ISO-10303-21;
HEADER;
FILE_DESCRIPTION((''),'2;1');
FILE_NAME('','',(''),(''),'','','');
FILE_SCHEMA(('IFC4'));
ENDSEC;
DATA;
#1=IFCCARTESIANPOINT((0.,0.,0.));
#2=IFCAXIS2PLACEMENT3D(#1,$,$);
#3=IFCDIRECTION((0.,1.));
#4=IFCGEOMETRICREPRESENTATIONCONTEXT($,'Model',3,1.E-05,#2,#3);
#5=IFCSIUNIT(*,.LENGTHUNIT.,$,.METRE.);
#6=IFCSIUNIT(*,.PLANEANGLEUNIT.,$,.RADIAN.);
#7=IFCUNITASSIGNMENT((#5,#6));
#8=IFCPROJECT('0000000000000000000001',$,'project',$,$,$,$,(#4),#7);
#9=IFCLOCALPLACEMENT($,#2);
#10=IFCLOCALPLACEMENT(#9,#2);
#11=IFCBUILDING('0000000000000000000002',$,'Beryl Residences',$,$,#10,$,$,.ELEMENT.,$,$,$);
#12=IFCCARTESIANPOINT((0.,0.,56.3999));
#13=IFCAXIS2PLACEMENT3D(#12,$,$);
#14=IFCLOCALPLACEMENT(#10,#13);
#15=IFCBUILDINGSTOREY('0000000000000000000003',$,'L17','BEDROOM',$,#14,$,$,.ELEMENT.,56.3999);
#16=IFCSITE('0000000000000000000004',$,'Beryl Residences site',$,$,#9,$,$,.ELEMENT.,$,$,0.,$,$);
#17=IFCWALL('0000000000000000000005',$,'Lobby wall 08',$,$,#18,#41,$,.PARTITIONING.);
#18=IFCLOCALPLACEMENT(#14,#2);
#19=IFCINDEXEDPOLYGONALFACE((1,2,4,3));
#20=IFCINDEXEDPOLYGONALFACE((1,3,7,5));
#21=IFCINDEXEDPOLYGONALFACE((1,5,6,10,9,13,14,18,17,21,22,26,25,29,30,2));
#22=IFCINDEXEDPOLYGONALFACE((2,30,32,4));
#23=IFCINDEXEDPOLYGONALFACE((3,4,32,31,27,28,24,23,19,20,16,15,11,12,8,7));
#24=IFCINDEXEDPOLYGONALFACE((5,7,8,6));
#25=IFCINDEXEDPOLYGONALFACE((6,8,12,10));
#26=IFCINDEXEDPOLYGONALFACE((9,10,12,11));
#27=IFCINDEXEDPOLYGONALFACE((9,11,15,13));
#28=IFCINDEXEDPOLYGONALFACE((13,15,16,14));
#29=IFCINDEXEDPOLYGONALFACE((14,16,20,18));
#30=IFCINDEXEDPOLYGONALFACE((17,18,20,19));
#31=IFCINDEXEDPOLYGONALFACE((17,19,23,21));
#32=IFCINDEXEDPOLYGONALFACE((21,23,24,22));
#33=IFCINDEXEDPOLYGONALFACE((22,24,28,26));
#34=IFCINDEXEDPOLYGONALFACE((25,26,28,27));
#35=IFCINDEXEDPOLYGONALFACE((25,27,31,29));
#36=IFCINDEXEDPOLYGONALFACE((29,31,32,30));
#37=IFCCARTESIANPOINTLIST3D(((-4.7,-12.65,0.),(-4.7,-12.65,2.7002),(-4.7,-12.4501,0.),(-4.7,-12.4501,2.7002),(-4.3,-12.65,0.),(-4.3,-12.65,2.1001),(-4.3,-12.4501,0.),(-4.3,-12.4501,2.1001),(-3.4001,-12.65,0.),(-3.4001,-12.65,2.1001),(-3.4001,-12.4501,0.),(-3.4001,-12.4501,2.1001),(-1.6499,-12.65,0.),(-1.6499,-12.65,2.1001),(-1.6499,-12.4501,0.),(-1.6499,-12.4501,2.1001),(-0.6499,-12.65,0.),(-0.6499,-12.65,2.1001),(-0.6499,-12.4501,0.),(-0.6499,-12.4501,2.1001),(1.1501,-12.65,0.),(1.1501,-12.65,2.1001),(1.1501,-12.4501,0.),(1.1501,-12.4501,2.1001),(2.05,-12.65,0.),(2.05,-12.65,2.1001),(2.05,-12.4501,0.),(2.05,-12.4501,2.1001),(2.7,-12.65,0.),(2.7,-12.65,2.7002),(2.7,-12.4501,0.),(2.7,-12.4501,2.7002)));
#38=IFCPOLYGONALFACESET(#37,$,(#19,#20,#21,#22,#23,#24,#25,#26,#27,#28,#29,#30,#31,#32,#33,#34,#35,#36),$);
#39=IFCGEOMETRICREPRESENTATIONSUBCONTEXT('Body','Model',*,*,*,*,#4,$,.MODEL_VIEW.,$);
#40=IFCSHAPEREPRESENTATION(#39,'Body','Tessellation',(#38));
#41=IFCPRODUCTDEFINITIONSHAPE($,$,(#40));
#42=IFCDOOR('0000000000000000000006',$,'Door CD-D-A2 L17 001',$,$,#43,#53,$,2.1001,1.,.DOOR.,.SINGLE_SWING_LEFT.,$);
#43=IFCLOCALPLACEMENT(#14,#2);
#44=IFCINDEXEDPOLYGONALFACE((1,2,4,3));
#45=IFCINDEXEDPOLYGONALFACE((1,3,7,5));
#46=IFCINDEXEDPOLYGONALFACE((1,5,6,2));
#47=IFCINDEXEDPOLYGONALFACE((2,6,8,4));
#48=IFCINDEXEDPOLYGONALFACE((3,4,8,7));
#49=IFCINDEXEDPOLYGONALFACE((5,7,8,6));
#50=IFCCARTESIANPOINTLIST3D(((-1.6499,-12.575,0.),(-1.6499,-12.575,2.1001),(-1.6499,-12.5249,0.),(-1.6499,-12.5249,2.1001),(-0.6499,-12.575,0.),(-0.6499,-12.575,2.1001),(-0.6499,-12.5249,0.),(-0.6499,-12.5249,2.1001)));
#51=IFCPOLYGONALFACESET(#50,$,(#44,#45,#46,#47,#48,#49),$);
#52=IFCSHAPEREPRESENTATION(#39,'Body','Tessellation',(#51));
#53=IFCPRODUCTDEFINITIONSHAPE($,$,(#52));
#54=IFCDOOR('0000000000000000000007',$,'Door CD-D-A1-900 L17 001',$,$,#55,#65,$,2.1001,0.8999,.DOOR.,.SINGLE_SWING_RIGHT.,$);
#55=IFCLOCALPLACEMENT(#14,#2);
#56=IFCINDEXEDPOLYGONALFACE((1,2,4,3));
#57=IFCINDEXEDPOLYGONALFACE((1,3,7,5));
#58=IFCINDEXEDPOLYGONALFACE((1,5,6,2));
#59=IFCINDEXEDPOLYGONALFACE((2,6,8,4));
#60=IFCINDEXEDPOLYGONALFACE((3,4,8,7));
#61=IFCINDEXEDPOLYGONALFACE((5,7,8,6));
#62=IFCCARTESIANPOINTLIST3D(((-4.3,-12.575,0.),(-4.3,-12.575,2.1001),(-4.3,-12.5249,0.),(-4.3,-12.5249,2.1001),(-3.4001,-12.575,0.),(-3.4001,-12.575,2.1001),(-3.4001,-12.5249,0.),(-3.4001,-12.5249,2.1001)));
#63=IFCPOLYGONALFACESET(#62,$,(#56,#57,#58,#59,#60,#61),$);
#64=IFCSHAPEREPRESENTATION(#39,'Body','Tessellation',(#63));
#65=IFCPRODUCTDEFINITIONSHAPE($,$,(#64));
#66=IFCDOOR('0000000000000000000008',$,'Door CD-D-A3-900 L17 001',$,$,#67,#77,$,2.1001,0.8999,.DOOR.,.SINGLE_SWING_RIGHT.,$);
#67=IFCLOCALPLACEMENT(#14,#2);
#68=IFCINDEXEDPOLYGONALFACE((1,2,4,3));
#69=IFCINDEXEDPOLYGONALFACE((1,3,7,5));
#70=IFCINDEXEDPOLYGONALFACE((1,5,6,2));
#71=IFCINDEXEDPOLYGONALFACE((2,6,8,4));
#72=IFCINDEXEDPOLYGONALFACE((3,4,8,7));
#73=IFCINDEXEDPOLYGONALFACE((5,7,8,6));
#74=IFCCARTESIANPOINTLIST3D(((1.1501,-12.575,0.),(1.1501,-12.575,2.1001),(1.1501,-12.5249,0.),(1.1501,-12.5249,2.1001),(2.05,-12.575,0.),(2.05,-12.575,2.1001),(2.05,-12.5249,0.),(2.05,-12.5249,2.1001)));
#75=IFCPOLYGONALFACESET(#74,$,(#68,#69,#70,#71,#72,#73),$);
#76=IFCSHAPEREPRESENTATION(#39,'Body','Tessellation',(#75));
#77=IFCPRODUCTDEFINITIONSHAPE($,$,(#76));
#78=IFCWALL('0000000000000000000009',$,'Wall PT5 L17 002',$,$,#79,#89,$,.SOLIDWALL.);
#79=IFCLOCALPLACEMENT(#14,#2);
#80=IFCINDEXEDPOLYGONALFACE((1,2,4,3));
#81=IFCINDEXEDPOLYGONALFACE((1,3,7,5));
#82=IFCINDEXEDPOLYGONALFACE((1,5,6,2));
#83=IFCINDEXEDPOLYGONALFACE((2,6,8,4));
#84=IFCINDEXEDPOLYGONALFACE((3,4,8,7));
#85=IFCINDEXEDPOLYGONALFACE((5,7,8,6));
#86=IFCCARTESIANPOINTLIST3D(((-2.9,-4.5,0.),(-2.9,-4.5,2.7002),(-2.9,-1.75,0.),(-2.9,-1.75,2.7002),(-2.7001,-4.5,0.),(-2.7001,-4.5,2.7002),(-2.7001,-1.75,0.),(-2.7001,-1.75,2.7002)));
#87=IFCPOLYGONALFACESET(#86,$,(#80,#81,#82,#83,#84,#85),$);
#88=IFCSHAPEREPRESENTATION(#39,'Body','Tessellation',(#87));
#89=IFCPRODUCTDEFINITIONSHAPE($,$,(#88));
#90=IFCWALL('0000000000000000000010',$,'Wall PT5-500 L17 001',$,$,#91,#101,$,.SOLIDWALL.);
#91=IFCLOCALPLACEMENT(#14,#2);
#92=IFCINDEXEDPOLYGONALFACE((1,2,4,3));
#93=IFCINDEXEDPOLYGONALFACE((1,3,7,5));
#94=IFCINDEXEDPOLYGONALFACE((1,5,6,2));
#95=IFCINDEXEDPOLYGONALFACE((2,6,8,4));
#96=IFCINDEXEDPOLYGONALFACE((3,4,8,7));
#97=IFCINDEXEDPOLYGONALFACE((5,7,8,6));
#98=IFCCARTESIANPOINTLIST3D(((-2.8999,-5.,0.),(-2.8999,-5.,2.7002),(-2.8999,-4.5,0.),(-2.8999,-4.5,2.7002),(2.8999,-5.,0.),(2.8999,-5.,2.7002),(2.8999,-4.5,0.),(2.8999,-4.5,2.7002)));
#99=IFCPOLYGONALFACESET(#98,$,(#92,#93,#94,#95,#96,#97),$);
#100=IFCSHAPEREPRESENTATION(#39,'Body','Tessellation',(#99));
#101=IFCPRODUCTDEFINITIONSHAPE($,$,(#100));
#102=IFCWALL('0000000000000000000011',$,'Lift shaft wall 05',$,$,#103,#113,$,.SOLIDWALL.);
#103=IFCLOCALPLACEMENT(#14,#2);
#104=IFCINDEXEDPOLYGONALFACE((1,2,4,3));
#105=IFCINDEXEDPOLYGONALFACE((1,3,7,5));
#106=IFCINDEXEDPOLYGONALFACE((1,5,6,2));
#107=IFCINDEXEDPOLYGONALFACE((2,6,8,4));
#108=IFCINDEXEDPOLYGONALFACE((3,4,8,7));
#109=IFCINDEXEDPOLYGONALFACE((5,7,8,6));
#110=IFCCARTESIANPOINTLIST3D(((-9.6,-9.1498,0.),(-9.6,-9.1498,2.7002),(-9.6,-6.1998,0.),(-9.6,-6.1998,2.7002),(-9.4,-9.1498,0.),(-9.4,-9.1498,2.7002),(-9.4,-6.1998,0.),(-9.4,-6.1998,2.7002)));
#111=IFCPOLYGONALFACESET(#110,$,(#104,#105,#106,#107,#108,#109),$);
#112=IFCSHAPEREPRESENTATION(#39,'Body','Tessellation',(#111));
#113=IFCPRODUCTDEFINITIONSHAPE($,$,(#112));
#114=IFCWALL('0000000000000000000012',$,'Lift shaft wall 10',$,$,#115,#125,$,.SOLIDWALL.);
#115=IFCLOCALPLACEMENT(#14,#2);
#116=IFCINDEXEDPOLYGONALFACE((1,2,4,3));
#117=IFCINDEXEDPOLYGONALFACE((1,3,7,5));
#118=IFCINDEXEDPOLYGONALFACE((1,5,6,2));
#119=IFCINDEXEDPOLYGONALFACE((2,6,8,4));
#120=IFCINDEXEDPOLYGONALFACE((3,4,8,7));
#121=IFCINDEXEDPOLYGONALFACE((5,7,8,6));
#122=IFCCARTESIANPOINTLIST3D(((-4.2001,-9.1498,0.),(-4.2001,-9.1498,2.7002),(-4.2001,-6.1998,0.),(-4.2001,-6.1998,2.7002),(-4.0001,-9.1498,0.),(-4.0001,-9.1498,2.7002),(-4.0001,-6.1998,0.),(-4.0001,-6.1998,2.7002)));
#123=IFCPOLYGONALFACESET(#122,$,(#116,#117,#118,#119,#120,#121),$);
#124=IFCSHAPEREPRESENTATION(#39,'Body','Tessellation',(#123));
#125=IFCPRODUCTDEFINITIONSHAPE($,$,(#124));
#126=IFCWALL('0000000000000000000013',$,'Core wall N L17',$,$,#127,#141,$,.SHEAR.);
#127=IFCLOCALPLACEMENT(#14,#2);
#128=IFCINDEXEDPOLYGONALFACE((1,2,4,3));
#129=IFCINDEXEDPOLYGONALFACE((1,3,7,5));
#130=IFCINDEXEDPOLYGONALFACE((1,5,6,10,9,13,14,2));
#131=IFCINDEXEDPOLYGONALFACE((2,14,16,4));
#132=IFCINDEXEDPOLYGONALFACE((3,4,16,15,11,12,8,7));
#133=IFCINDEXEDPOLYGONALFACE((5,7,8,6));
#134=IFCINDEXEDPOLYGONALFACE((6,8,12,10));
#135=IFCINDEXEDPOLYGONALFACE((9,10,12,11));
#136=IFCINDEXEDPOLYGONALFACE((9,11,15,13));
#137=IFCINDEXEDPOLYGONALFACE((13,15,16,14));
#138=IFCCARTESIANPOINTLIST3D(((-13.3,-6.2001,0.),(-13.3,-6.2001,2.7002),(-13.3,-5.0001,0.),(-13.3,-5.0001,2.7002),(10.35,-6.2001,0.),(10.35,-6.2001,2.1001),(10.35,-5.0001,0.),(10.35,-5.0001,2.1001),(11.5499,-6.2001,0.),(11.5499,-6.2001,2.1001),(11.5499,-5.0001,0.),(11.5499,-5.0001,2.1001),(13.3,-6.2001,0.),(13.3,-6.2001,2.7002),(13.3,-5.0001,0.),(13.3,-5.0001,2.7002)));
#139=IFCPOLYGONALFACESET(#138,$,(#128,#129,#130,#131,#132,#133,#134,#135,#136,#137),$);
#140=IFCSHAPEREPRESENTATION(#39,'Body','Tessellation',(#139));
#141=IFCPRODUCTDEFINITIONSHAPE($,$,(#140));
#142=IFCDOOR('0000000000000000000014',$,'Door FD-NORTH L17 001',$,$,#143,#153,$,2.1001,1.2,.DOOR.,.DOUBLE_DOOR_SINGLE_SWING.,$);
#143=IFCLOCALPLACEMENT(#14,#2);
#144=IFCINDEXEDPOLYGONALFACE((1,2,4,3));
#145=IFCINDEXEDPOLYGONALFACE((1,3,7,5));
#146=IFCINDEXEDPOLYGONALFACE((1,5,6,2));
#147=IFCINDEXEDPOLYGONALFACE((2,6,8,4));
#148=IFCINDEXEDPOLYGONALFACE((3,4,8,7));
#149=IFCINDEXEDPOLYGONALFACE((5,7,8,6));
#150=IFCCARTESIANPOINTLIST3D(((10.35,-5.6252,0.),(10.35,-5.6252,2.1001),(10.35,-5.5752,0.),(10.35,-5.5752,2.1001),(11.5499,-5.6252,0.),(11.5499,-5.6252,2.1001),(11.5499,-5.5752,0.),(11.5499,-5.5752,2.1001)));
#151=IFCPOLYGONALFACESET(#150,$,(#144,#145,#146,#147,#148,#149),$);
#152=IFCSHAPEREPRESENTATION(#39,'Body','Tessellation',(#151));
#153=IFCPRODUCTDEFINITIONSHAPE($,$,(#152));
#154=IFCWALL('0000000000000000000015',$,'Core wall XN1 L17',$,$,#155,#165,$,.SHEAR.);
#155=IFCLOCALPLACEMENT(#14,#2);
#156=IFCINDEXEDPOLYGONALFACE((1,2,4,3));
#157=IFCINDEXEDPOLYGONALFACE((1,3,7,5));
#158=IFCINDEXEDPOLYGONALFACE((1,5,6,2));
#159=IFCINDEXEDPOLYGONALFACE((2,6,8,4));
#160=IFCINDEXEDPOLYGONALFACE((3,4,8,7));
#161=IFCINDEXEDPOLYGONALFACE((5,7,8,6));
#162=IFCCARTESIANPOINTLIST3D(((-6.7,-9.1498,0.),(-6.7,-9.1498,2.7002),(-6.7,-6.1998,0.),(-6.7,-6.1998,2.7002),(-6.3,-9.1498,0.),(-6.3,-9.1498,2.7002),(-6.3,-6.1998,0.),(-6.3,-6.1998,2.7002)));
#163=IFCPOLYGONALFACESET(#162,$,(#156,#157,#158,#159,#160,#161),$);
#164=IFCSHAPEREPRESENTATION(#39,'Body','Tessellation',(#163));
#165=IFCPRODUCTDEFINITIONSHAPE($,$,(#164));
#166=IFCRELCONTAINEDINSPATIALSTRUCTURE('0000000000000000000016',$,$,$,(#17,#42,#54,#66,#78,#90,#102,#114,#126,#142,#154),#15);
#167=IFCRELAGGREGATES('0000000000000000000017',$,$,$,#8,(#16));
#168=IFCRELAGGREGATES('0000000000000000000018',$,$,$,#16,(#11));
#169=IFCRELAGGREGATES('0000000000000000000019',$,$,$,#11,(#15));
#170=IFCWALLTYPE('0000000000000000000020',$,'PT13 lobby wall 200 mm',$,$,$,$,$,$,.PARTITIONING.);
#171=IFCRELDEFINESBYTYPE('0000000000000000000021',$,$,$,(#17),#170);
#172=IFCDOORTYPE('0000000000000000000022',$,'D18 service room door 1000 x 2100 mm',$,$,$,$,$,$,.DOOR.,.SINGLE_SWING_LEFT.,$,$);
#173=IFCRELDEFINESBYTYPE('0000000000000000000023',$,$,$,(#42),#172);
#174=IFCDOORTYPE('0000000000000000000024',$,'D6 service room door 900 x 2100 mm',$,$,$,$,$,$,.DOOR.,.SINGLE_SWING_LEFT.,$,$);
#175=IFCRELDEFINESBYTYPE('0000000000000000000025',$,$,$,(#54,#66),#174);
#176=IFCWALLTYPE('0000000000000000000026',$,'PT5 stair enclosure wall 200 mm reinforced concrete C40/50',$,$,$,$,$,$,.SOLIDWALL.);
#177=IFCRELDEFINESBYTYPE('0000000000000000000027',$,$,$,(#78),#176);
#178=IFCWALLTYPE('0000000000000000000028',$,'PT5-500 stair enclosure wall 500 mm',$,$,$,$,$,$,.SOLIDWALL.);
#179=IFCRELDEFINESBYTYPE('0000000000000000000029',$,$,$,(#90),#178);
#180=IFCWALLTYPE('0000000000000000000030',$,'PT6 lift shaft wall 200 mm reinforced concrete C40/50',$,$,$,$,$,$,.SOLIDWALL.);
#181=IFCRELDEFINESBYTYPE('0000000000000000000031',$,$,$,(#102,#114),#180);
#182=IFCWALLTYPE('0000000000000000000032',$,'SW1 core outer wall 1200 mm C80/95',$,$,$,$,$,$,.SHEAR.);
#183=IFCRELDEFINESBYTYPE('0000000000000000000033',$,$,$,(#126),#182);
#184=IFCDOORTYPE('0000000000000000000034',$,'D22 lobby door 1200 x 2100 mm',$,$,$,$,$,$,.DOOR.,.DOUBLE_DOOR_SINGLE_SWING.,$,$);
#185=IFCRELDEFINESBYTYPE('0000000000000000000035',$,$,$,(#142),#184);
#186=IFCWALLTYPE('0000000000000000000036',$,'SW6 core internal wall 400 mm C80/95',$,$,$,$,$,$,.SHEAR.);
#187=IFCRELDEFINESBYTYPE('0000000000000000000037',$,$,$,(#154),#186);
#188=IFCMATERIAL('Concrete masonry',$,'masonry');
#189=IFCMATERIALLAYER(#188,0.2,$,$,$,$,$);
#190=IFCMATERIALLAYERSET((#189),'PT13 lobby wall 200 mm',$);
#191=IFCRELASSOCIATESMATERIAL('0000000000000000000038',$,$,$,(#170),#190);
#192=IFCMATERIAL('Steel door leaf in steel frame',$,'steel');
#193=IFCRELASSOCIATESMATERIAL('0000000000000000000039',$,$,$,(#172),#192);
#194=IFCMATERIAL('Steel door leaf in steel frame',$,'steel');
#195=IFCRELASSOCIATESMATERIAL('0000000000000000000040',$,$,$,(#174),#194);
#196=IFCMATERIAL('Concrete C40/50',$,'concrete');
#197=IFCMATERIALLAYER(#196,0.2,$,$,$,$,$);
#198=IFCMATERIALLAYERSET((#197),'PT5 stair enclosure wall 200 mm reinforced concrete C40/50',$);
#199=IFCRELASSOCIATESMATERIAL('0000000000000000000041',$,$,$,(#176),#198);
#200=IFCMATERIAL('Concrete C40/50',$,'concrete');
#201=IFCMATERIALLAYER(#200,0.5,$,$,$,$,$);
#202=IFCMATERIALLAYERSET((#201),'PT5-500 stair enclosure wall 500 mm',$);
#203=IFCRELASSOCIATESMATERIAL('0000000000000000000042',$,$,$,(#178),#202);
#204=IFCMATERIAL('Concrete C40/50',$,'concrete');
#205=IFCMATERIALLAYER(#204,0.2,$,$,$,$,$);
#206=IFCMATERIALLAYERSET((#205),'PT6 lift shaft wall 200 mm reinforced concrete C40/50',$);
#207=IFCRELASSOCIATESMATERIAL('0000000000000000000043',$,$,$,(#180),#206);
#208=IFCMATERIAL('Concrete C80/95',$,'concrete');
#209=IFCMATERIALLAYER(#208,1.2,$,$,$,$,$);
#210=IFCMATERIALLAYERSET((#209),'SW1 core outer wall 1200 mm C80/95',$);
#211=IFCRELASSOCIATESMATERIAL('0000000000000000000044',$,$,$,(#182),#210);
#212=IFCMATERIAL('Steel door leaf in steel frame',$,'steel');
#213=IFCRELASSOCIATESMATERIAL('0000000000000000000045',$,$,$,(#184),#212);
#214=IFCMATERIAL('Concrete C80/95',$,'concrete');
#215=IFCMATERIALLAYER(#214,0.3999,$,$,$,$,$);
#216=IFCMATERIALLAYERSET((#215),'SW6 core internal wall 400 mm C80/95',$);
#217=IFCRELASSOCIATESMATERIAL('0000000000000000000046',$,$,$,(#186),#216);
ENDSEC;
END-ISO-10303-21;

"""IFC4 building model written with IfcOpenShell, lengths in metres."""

from ifc_helpers import new_model, si_unit, direction, frame, frame_2d, origin, place, context, subcontext, project, spatial, rectangle, extrude, material, layer, layer_set, type_object, element, fill, save


model = new_model("IFC4")

# Units and contexts
model_context = context("Model", 3, precision=1e-05, world=origin(), true_north=direction((0.0, 1.0)))
body_context = subcontext(model_context, "Body", "Model", "MODEL_VIEW")
ifc_project = project(units=[si_unit("LENGTHUNIT", "METRE"), si_unit("PLANEANGLEUNIT", "RADIAN")], contexts=[model_context])

# Site, building, storey
site_placement = place(None, origin())
site = spatial("IfcSite", under=ifc_project, at=site_placement, Name="Beryl Residences site", CompositionType="ELEMENT", RefElevation=0.0)
building_placement = place(site_placement, origin())
building = spatial("IfcBuilding", under=site, at=building_placement, Name="Beryl Residences", CompositionType="ELEMENT")
storey_placement = place(building_placement, frame((0.0, 0.0, 56.3999)))
storey = spatial("IfcBuildingStorey", under=building, at=storey_placement, Name="L17", Description="BEDROOM", CompositionType="ELEMENT", Elevation=56.3999)

# Wall, openings, doors
ifc_material_1 = material(Name="Concrete masonry", Category="masonry")
ifc_layer_1 = layer(ifc_material_1, 0.2)
ifc_layer_set_1 = layer_set([ifc_layer_1], Name="PT13 lobby wall 200 mm")
wall_type_1 = type_object("IfcWallType", Name="PT13 lobby wall 200 mm", PredefinedType="PARTITIONING", material=ifc_layer_set_1)
wall_1_placement = place(storey_placement, frame((-4.7, -12.55, 0.0), z_axis=(0.0, 0.0, 1.0), x_axis=(1.0, 0.0, 0.0)))
wall_1 = element("IfcWall", 1, at=wall_1_placement, inside=storey, type_object=wall_type_1, Name="Lobby wall 08", PredefinedType="PARTITIONING", context=body_context, shape_type="SweptSolid", body=[
    extrude(rectangle(XDim=7.3999, YDim=0.2, at=frame_2d((3.7, 0.0))), origin(), (0.0, 0.0, 1.0), 2.7002),
])
opening_1_placement = place(wall_1_placement, frame((1.2998, 0.0, 0.0), z_axis=(0.0, 0.0, 1.0), x_axis=(-1.0, 0.0, 0.0)))
opening_1 = element("IfcOpeningElement", 2, at=opening_1_placement, cuts=wall_1, PredefinedType="OPENING", context=body_context, shape_type="SweptSolid", body=[
    extrude(rectangle(XDim=0.8999, YDim=2.1001, at=frame_2d((0.45, 1.05))), frame((0.0, 0.1099, 0.0), z_axis=(0.0, -1.0, 0.0), x_axis=(1.0, 0.0, 0.0)), (0.0, 0.0, 1.0), 0.22),
])
opening_2_placement = place(wall_1_placement, frame((4.05, 0.0, 0.0), z_axis=(0.0, 0.0, 1.0), x_axis=(-1.0, 0.0, 0.0)))
opening_2 = element("IfcOpeningElement", 3, at=opening_2_placement, cuts=wall_1, PredefinedType="OPENING", context=body_context, shape_type="SweptSolid", body=[
    extrude(rectangle(XDim=1.0, YDim=2.1001, at=frame_2d((0.5, 1.05))), frame((0.0, 0.1099, 0.0), z_axis=(0.0, -1.0, 0.0), x_axis=(1.0, 0.0, 0.0)), (0.0, 0.0, 1.0), 0.22),
])
opening_3_placement = place(wall_1_placement, frame((6.75, 0.0, 0.0), z_axis=(0.0, 0.0, 1.0), x_axis=(-1.0, 0.0, 0.0)))
opening_3 = element("IfcOpeningElement", 4, at=opening_3_placement, cuts=wall_1, PredefinedType="OPENING", context=body_context, shape_type="SweptSolid", body=[
    extrude(rectangle(XDim=0.8999, YDim=2.1001, at=frame_2d((0.45, 1.05))), frame((0.0, 0.1099, 0.0), z_axis=(0.0, -1.0, 0.0), x_axis=(1.0, 0.0, 0.0)), (0.0, 0.0, 1.0), 0.22),
])
ifc_material_2 = material(Name="Steel door leaf in steel frame", Category="steel")
door_type_1 = type_object("IfcDoorType", Name="D18 service room door 1000 x 2100 mm", OperationType="SINGLE_SWING_LEFT", PredefinedType="DOOR", material=ifc_material_2)
door_1_placement = place(opening_2_placement, origin())
door_1 = element("IfcDoor", 5, at=door_1_placement, inside=storey, type_object=door_type_1, Name="Door CD-D-A2 L17 001", OperationType="SINGLE_SWING_LEFT", OverallHeight=2.1001, OverallWidth=1.0, PredefinedType="DOOR", context=body_context, shape_type="SweptSolid", body=[
    extrude(rectangle(XDim=1.0, YDim=2.1001, at=frame_2d((0.5, 1.05))), frame((0.0, 0.0249, 0.0), z_axis=(0.0, -1.0, 0.0), x_axis=(1.0, 0.0, 0.0)), (0.0, 0.0, 1.0), 0.05),
])
fill(opening_2, door_1)
ifc_material_3 = material(Name="Steel door leaf in steel frame", Category="steel")
door_type_2 = type_object("IfcDoorType", Name="D6 service room door 900 x 2100 mm", OperationType="SINGLE_SWING_LEFT", PredefinedType="DOOR", material=ifc_material_3)
door_2_placement = place(opening_1_placement, origin())
door_2 = element("IfcDoor", 6, at=door_2_placement, inside=storey, type_object=door_type_2, Name="Door CD-D-A1-900 L17 001", OperationType="SINGLE_SWING_RIGHT", OverallHeight=2.1001, OverallWidth=0.8999, PredefinedType="DOOR", context=body_context, shape_type="SweptSolid", body=[
    extrude(rectangle(XDim=0.8999, YDim=2.1001, at=frame_2d((0.45, 1.05))), frame((0.0, 0.0249, 0.0), z_axis=(0.0, -1.0, 0.0), x_axis=(1.0, 0.0, 0.0)), (0.0, 0.0, 1.0), 0.05),
])
fill(opening_1, door_2)
door_3_placement = place(opening_3_placement, origin())
door_3 = element("IfcDoor", 7, at=door_3_placement, inside=storey, type_object=door_type_2, Name="Door CD-D-A3-900 L17 001", OperationType="SINGLE_SWING_RIGHT", OverallHeight=2.1001, OverallWidth=0.8999, PredefinedType="DOOR", context=body_context, shape_type="SweptSolid", body=[
    extrude(rectangle(XDim=0.8999, YDim=2.1001, at=frame_2d((0.45, 1.05))), frame((0.0, 0.0249, 0.0), z_axis=(0.0, -1.0, 0.0), x_axis=(1.0, 0.0, 0.0)), (0.0, 0.0, 1.0), 0.05),
])
fill(opening_3, door_3)

# Walls
ifc_material_4 = material(Name="Concrete C40/50", Category="concrete")
ifc_layer_2 = layer(ifc_material_4, 0.2)
ifc_layer_set_2 = layer_set([ifc_layer_2], Name="PT5 stair enclosure wall 200 mm reinforced concrete C40/50")
wall_type_2 = type_object("IfcWallType", Name="PT5 stair enclosure wall 200 mm reinforced concrete C40/50", PredefinedType="SOLIDWALL", material=ifc_layer_set_2)
wall_2_placement = place(storey_placement, frame((-2.8, -4.5, 0.0), z_axis=(0.0, 0.0, 1.0), x_axis=(0.0, 1.0, 0.0)))
element("IfcWall", 8, at=wall_2_placement, inside=storey, type_object=wall_type_2, Name="Wall PT5 L17 002", PredefinedType="SOLIDWALL", context=body_context, shape_type="SweptSolid", body=[
    extrude(rectangle(XDim=2.75, YDim=0.2, at=frame_2d((1.375, 0.0))), origin(), (0.0, 0.0, 1.0), 2.7002),
])
ifc_material_5 = material(Name="Concrete C40/50", Category="concrete")
ifc_layer_3 = layer(ifc_material_5, 0.5)
ifc_layer_set_3 = layer_set([ifc_layer_3], Name="PT5-500 stair enclosure wall 500 mm")
wall_type_3 = type_object("IfcWallType", Name="PT5-500 stair enclosure wall 500 mm", PredefinedType="SOLIDWALL", material=ifc_layer_set_3)
wall_3_placement = place(storey_placement, frame((-2.8999, -4.75, 0.0), z_axis=(0.0, 0.0, 1.0), x_axis=(1.0, 0.0, 0.0)))
element("IfcWall", 9, at=wall_3_placement, inside=storey, type_object=wall_type_3, Name="Wall PT5-500 L17 001", PredefinedType="SOLIDWALL", context=body_context, shape_type="SweptSolid", body=[
    extrude(rectangle(XDim=5.7998, YDim=0.5, at=frame_2d((2.8999, 0.0))), origin(), (0.0, 0.0, 1.0), 2.7002),
])
ifc_material_6 = material(Name="Concrete C40/50", Category="concrete")
ifc_layer_4 = layer(ifc_material_6, 0.2)
ifc_layer_set_4 = layer_set([ifc_layer_4], Name="PT6 lift shaft wall 200 mm reinforced concrete C40/50")
wall_type_4 = type_object("IfcWallType", Name="PT6 lift shaft wall 200 mm reinforced concrete C40/50", PredefinedType="SOLIDWALL", material=ifc_layer_set_4)
for number, where, z_axis, x_axis, name in (
    (10, (-9.5, -9.1499, 0.0), (0.0, 0.0, 1.0), (0.0, 1.0, 0.0), "Lift shaft wall 05"),
    (11, (-4.1001, -9.1499, 0.0), (0.0, 0.0, 1.0), (0.0, 1.0, 0.0), "Lift shaft wall 10"),
):
    element("IfcWall", number, at=place(storey_placement, frame(where, z_axis=z_axis, x_axis=x_axis)), inside=storey, type_object=wall_type_4, Name=name, PredefinedType="SOLIDWALL", context=body_context, shape_type="SweptSolid", body=[
        extrude(rectangle(XDim=2.95, YDim=0.2, at=frame_2d((1.4751, 0.0))), origin(), (0.0, 0.0, 1.0), 2.7002),
    ])

# Wall, opening, door
ifc_material_7 = material(Name="Concrete C80/95", Category="concrete")
ifc_layer_5 = layer(ifc_material_7, 1.2)
ifc_layer_set_5 = layer_set([ifc_layer_5], Name="SW1 core outer wall 1200 mm C80/95")
wall_type_5 = type_object("IfcWallType", Name="SW1 core outer wall 1200 mm C80/95", PredefinedType="SHEAR", material=ifc_layer_set_5)
wall_4_placement = place(storey_placement, frame((-13.3, -5.6001, 0.0), z_axis=(0.0, 0.0, 1.0), x_axis=(1.0, 0.0, 0.0)))
wall_4 = element("IfcWall", 12, at=wall_4_placement, inside=storey, type_object=wall_type_5, Name="Core wall N L17", PredefinedType="SHEAR", context=body_context, shape_type="SweptSolid", body=[
    extrude(rectangle(XDim=26.6001, YDim=1.2, at=frame_2d((13.3, 0.0))), origin(), (0.0, 0.0, 1.0), 2.7002),
])
opening_4_placement = place(wall_4_placement, frame((23.6499, 0.0, 0.0)))
opening_4 = element("IfcOpeningElement", 13, at=opening_4_placement, cuts=wall_4, PredefinedType="OPENING", context=body_context, shape_type="SweptSolid", body=[
    extrude(rectangle(XDim=1.2, YDim=2.1001, at=frame_2d((0.6001, 1.05))), frame((0.0, 0.6099, 0.0), z_axis=(0.0, -1.0, 0.0), x_axis=(1.0, 0.0, 0.0)), (0.0, 0.0, 1.0), 1.22),
])
ifc_material_8 = material(Name="Steel door leaf in steel frame", Category="steel")
door_type_3 = type_object("IfcDoorType", Name="D22 lobby door 1200 x 2100 mm", OperationType="DOUBLE_DOOR_SINGLE_SWING", PredefinedType="DOOR", material=ifc_material_8)
door_4_placement = place(opening_4_placement, origin())
door_4 = element("IfcDoor", 14, at=door_4_placement, inside=storey, type_object=door_type_3, Name="Door FD-NORTH L17 001", OperationType="DOUBLE_DOOR_SINGLE_SWING", OverallHeight=2.1001, OverallWidth=1.2, PredefinedType="DOOR", context=body_context, shape_type="SweptSolid", body=[
    extrude(rectangle(XDim=1.2, YDim=2.1001, at=frame_2d((0.6001, 1.05))), frame((0.0, 0.0249, 0.0), z_axis=(0.0, -1.0, 0.0), x_axis=(1.0, 0.0, 0.0)), (0.0, 0.0, 1.0), 0.05),
])
fill(opening_4, door_4)

# Shared definitions
ifc_material_9 = material(Name="Concrete C80/95", Category="concrete")
ifc_layer_6 = layer(ifc_material_9, 0.3999)
ifc_layer_set_6 = layer_set([ifc_layer_6], Name="SW6 core internal wall 400 mm C80/95")
wall_type_6 = type_object("IfcWallType", Name="SW6 core internal wall 400 mm C80/95", PredefinedType="SHEAR", material=ifc_layer_set_6)

# Wall
wall_5_placement = place(storey_placement, frame((-6.5, -9.1499, 0.0), z_axis=(0.0, 0.0, 1.0), x_axis=(0.0, 1.0, 0.0)))
element("IfcWall", 15, at=wall_5_placement, inside=storey, type_object=wall_type_6, Name="Core wall XN1 L17", PredefinedType="SHEAR", context=body_context, shape_type="SweptSolid", body=[
    extrude(rectangle(XDim=2.95, YDim=0.3999, at=frame_2d((1.4751, 0.0))), origin(), (0.0, 0.0, 1.0), 2.7002),
])

save(model, "model.ifc")
